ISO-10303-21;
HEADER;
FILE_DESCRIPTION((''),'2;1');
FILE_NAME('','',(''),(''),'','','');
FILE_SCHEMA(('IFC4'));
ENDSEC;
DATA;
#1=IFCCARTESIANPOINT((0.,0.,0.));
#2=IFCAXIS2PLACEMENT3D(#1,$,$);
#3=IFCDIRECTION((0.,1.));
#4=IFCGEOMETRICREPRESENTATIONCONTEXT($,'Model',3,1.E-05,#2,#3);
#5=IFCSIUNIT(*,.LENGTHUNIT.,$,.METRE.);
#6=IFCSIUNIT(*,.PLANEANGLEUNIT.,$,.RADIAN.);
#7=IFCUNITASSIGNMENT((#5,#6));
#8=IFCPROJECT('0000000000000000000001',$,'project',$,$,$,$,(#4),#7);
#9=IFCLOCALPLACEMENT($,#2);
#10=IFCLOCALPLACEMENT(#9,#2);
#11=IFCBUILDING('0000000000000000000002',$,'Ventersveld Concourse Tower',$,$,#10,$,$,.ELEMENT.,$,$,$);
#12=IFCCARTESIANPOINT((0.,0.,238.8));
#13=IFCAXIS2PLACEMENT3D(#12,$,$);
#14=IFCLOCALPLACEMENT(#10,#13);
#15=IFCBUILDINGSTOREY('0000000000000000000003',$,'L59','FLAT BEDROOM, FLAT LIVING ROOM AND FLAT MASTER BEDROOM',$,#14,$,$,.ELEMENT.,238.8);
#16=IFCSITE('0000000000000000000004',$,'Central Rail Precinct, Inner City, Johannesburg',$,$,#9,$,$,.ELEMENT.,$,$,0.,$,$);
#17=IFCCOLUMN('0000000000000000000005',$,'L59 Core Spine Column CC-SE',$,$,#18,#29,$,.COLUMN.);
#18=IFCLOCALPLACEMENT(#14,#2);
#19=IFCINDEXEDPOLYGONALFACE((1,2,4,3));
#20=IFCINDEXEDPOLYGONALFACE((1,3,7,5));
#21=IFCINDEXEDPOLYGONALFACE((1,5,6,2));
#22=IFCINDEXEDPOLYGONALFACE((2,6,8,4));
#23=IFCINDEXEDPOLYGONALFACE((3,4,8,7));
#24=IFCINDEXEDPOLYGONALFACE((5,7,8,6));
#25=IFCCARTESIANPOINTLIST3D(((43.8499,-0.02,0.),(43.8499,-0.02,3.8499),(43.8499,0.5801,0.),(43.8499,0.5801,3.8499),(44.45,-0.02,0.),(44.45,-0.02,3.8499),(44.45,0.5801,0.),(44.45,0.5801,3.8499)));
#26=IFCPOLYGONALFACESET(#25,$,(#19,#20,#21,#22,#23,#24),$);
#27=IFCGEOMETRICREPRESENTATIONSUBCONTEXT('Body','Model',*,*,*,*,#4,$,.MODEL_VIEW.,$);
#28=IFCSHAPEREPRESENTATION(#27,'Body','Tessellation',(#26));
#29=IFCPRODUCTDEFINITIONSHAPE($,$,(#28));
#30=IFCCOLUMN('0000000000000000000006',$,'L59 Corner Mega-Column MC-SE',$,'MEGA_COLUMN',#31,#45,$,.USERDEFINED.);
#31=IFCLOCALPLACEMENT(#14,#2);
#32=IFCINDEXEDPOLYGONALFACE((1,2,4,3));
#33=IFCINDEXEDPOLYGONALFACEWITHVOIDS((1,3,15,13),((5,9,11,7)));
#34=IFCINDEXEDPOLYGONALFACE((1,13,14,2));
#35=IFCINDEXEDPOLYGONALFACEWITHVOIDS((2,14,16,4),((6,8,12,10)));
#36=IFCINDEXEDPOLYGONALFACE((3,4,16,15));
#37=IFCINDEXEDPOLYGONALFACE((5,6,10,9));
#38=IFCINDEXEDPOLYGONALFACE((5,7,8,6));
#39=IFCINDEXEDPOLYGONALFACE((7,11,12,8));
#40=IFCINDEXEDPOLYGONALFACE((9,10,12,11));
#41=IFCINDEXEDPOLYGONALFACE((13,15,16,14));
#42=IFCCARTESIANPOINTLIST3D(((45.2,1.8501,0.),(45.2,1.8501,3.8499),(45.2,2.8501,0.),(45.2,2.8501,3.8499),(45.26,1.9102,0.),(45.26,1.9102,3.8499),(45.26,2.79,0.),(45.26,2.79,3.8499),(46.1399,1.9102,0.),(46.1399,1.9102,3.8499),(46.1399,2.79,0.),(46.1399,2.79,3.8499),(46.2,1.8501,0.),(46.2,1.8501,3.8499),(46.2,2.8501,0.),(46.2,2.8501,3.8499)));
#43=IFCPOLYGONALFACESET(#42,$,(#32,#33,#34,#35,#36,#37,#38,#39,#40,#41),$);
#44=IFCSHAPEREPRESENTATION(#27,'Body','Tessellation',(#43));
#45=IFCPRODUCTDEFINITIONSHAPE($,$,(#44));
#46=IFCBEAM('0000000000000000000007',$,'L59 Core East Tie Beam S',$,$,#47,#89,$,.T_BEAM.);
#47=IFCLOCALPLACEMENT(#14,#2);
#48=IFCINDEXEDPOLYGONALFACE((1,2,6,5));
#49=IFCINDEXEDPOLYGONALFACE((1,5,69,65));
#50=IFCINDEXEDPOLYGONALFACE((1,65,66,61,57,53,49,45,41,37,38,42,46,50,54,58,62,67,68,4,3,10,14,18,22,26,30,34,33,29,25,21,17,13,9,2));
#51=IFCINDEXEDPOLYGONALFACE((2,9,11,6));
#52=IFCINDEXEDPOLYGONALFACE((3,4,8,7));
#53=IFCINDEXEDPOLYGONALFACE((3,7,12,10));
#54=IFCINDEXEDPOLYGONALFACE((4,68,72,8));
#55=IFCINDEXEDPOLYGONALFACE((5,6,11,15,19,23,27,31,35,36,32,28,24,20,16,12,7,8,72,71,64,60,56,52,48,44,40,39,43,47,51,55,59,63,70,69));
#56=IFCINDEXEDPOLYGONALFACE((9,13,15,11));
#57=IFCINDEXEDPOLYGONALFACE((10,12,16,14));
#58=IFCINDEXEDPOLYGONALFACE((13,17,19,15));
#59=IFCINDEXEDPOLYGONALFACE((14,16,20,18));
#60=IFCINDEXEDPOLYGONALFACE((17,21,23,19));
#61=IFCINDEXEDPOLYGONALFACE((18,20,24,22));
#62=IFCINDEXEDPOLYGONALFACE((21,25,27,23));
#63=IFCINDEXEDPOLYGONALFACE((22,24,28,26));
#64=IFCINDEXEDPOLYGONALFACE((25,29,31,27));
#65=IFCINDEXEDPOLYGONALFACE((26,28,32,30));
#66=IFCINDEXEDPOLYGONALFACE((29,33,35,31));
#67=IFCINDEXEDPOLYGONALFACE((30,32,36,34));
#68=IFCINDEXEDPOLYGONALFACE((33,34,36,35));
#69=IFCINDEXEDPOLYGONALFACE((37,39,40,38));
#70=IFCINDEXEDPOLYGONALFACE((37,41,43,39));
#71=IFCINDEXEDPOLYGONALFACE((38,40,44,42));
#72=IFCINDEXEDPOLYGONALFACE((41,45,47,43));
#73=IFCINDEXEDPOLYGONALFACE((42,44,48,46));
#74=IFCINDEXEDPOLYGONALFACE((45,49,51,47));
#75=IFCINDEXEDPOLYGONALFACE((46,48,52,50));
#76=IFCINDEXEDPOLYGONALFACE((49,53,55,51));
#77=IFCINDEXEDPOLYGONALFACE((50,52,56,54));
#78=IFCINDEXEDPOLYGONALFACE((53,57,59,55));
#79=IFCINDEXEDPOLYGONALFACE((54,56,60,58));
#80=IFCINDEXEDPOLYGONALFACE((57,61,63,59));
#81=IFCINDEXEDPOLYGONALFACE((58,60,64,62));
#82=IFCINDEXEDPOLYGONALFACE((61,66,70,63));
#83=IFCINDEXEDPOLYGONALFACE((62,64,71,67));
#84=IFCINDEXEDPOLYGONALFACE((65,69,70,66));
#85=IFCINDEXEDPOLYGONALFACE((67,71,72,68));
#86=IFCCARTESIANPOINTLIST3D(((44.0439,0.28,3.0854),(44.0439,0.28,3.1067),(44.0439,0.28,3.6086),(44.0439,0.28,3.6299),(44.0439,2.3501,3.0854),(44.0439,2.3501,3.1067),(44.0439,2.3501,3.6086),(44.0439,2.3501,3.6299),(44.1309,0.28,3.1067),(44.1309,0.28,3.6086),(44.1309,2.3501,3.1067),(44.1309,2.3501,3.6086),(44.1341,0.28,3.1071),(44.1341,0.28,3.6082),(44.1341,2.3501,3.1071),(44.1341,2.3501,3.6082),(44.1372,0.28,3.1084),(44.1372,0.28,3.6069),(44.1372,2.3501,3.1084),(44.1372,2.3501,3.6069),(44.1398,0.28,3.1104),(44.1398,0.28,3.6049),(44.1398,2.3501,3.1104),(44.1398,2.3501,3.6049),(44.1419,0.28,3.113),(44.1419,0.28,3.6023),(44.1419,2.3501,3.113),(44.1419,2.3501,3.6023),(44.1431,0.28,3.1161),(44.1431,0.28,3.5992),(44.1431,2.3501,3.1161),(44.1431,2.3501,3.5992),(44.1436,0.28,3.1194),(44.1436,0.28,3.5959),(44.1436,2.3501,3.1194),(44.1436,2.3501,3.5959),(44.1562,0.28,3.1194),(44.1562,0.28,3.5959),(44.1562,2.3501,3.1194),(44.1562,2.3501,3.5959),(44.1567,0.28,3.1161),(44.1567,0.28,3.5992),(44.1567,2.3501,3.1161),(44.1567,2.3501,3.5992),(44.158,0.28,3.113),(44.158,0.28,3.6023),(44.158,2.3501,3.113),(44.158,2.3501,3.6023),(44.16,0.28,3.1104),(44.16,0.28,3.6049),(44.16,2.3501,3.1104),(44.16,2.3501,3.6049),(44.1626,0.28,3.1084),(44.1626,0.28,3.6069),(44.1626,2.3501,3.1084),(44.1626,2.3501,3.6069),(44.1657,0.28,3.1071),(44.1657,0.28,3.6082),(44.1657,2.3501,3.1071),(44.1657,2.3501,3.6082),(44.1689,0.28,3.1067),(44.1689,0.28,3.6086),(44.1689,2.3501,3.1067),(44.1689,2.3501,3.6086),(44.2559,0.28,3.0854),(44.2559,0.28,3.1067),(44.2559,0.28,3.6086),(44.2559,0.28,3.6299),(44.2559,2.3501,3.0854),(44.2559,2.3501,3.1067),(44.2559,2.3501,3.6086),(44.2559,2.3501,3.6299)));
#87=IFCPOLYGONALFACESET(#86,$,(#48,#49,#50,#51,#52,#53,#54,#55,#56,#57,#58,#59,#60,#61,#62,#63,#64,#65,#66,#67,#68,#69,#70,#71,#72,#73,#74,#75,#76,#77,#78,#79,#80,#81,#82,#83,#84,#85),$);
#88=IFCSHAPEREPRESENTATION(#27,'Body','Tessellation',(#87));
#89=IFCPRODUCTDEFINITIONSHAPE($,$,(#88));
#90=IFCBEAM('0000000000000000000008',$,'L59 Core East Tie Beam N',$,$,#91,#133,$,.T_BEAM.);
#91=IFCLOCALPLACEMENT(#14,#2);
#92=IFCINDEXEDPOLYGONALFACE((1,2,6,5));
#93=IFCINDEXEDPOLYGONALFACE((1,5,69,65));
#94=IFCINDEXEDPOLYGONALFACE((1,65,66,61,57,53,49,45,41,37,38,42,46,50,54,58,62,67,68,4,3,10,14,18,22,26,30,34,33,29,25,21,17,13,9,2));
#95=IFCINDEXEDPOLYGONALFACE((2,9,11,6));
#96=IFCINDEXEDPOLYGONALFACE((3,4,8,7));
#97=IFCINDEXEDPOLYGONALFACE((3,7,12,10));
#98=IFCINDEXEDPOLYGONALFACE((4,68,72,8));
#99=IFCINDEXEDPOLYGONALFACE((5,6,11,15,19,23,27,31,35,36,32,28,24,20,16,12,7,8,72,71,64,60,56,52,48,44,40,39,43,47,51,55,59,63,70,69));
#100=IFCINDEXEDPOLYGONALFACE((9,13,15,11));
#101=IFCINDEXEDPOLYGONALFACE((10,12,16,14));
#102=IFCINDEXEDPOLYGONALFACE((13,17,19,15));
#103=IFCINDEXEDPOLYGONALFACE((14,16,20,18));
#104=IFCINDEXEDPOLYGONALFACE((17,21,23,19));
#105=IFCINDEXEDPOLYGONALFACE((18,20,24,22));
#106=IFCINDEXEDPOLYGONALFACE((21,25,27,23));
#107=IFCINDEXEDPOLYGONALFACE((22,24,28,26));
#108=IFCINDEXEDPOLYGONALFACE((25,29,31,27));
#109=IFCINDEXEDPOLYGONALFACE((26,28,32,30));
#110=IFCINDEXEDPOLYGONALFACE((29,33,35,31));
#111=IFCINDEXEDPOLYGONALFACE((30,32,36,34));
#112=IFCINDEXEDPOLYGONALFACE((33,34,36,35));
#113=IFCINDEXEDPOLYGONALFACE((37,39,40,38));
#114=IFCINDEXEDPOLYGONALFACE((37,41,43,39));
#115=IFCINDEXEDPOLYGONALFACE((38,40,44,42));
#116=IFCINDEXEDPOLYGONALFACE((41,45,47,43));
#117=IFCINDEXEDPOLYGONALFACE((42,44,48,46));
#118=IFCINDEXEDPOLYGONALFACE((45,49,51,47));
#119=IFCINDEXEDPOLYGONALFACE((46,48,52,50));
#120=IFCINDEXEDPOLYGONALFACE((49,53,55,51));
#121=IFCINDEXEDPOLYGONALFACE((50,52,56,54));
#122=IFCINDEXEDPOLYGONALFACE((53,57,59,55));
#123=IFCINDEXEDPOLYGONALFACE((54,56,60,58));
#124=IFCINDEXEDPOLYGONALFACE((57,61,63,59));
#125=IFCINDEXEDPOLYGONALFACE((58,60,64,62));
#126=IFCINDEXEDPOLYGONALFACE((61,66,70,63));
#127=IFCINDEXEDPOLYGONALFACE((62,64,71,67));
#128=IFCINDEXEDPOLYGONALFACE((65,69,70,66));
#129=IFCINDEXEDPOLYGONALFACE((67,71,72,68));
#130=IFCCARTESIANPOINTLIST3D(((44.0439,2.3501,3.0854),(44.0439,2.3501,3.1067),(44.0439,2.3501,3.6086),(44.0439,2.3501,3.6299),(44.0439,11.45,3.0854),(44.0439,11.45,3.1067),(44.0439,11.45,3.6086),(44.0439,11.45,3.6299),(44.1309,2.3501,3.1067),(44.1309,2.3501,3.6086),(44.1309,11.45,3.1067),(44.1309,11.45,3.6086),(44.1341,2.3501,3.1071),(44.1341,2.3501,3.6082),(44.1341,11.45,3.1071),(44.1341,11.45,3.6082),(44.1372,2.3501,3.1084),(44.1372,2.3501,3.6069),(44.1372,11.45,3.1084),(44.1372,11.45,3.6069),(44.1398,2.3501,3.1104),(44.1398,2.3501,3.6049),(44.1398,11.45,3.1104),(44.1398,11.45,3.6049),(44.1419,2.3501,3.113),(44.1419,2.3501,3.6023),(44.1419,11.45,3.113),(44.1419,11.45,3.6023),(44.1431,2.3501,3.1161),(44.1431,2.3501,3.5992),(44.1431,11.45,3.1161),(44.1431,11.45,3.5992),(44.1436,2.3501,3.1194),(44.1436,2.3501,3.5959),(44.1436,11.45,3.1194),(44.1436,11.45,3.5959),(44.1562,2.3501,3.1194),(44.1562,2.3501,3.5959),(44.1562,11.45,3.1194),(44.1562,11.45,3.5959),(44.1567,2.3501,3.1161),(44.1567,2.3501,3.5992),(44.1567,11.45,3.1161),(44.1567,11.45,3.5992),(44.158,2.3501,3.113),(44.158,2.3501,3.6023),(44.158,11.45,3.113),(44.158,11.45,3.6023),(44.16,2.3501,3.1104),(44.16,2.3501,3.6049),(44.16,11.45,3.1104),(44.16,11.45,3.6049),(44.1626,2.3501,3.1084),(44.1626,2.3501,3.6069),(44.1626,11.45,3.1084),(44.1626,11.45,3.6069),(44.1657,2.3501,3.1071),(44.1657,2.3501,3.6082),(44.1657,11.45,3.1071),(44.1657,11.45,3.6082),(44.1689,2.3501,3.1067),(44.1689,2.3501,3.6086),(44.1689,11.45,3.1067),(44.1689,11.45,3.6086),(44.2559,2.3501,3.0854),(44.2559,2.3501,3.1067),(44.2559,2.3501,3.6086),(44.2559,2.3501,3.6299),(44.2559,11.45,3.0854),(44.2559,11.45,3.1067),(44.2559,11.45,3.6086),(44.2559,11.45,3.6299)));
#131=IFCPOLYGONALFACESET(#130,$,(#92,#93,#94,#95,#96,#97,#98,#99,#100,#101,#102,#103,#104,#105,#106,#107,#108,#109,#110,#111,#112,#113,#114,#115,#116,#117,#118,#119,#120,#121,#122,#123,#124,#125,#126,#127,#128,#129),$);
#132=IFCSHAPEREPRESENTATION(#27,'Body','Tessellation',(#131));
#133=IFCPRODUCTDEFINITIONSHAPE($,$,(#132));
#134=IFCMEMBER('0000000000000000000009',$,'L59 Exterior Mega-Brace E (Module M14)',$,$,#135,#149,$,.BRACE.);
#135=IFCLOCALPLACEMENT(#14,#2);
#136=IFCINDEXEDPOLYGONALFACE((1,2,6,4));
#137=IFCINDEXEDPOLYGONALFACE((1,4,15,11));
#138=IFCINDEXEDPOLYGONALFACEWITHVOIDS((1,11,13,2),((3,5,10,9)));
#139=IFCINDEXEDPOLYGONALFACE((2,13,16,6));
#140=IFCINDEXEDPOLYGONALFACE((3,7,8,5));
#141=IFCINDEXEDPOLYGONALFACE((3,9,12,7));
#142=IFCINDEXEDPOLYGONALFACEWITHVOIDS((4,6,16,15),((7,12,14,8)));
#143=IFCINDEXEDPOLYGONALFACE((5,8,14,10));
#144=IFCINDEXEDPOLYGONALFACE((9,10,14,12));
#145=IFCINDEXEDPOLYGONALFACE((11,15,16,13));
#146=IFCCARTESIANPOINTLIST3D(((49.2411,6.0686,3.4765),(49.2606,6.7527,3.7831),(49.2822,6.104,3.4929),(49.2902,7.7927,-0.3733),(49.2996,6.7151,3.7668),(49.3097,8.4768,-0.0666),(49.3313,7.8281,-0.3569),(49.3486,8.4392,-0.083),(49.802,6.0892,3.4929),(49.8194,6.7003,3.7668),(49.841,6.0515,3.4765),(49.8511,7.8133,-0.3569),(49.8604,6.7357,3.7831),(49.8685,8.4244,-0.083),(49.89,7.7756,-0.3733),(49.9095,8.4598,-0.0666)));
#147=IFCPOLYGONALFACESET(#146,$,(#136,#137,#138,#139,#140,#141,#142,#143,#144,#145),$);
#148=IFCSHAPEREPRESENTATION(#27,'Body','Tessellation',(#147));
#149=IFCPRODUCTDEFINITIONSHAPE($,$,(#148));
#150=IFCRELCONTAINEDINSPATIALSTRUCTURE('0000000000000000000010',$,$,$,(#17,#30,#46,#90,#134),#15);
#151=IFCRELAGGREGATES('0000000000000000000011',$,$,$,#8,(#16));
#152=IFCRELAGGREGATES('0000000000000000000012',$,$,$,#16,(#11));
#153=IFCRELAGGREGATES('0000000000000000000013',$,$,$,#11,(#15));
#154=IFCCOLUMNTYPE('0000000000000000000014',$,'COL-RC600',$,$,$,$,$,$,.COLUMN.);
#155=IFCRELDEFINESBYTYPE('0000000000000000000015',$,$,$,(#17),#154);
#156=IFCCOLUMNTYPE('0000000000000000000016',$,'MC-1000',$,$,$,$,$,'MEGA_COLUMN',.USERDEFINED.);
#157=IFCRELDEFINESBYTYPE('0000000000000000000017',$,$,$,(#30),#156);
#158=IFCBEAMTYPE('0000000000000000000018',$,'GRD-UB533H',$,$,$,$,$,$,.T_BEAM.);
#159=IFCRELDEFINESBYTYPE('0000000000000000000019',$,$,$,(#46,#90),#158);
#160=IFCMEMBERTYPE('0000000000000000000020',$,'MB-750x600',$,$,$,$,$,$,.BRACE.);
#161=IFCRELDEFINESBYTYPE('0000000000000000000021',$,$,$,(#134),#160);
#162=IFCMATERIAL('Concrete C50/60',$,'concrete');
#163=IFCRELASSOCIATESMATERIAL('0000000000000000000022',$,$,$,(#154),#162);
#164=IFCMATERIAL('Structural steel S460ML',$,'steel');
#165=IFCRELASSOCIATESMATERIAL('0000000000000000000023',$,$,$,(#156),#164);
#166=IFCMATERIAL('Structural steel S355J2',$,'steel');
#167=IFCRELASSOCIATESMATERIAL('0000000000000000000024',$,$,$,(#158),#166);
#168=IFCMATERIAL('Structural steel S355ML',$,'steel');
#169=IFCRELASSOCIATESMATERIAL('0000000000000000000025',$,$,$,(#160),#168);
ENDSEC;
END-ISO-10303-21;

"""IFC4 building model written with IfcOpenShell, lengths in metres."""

from ifc_helpers import new_model, si_unit, direction, frame, origin, origin_2d, place, context, subcontext, project, spatial, rectangle, hollow_rectangle, i_section, extrude, material, material_profile, profile_set, type_object, element, save


model = new_model("IFC4")

# Units and contexts
model_context = context("Model", 3, precision=1e-05, world=origin(), true_north=direction((0.0, 1.0)))
body_context = subcontext(model_context, "Body", "Model", "MODEL_VIEW")
ifc_project = project(units=[si_unit("LENGTHUNIT", "METRE"), si_unit("PLANEANGLEUNIT", "RADIAN")], contexts=[model_context])

# Site, building, storey
site_placement = place(None, origin())
site = spatial("IfcSite", under=ifc_project, at=site_placement, Name="Central Rail Precinct, Inner City, Johannesburg", CompositionType="ELEMENT", RefElevation=0.0)
building_placement = place(site_placement, origin())
building = spatial("IfcBuilding", under=site, at=building_placement, Name="Ventersveld Concourse Tower", CompositionType="ELEMENT")
storey_placement = place(building_placement, frame((0.0, 0.0, 238.8)))
storey = spatial("IfcBuildingStorey", under=building, at=storey_placement, Name="L59", Description="FLAT BEDROOM, FLAT LIVING ROOM AND FLAT MASTER BEDROOM", CompositionType="ELEMENT", Elevation=238.8)

# Columns
ifc_material_1 = material(Name="Concrete C50/60", Category="concrete")
ifc_material_profile_1 = material_profile(ifc_material_1, rectangle(XDim=0.6001, YDim=0.6001, at=origin_2d()), Name="RC 600x600")
ifc_profile_set_1 = profile_set([ifc_material_profile_1], Name="Concrete C50/60")
column_type_1 = type_object("IfcColumnType", Name="COL-RC600", PredefinedType="COLUMN", material=ifc_profile_set_1)
column_1_placement = place(storey_placement, frame((44.1499, 0.28, 0.0), z_axis=(0.0, 0.0, 1.0), x_axis=(1.0, 0.0, 0.0)))
element("IfcColumn", 1, at=column_1_placement, inside=storey, type_object=column_type_1, Name="L59 Core Spine Column CC-SE", PredefinedType="COLUMN", context=body_context, shape_type="SweptSolid", body=[
    extrude(rectangle(XDim=0.6001, YDim=0.6001, at=origin_2d()), origin(), (0.0, 0.0, 1.0), 3.8499),
])
ifc_material_2 = material(Name="Structural steel S460ML", Category="steel")
ifc_material_profile_2 = material_profile(ifc_material_2, hollow_rectangle(XDim=1.0, YDim=1.0, WallThickness=0.0601, at=origin_2d()), Name="BOX 1000x1000x60")
ifc_profile_set_2 = profile_set([ifc_material_profile_2], Name="Structural steel S460ML")
column_type_2 = type_object("IfcColumnType", Name="MC-1000", ElementType="MEGA_COLUMN", PredefinedType="USERDEFINED", material=ifc_profile_set_2)
column_2_placement = place(storey_placement, frame((45.7, 2.3501, 0.0), z_axis=(0.0, 0.0, 1.0), x_axis=(1.0, 0.0, 0.0)))
element("IfcColumn", 2, at=column_2_placement, inside=storey, type_object=column_type_2, Name="L59 Corner Mega-Column MC-SE", ObjectType="MEGA_COLUMN", PredefinedType="USERDEFINED", context=body_context, shape_type="SweptSolid", body=[
    extrude(hollow_rectangle(XDim=1.0, YDim=1.0, WallThickness=0.0601, at=origin_2d()), origin(), (0.0, 0.0, 1.0), 3.8499),
])

# Beams
ifc_material_3 = material(Name="Structural steel S355J2", Category="steel")
ifc_material_profile_3 = material_profile(ifc_material_3, i_section(OverallWidth=0.2119, OverallDepth=0.5444, WebThickness=0.0127, FlangeThickness=0.0212, FilletRadius=0.0127, at=origin_2d()), Name="UB 533x210x122")
ifc_profile_set_3 = profile_set([ifc_material_profile_3], Name="Structural steel S355J2")
beam_type_1 = type_object("IfcBeamType", Name="GRD-UB533H", PredefinedType="T_BEAM", material=ifc_profile_set_3)
beam_1_placement = place(storey_placement, frame((44.1499, 0.28, 3.3577), z_axis=(0.0, 1.0, 0.0), x_axis=(-1.0, 0.0, 0.0)))
element("IfcBeam", 3, at=beam_1_placement, inside=storey, type_object=beam_type_1, Name="L59 Core East Tie Beam S", PredefinedType="T_BEAM", context=body_context, shape_type="SweptSolid", body=[
    extrude(i_section(OverallWidth=0.2119, OverallDepth=0.5444, WebThickness=0.0127, FlangeThickness=0.0212, FilletRadius=0.0127, at=origin_2d()), origin(), (0.0, 0.0, 1.0), 2.0701),
])
beam_2_placement = place(storey_placement, frame((44.1499, 2.3501, 3.3577), z_axis=(0.0, 1.0, 0.0), x_axis=(-1.0, 0.0, 0.0)))
element("IfcBeam", 4, at=beam_2_placement, inside=storey, type_object=beam_type_1, Name="L59 Core East Tie Beam N", PredefinedType="T_BEAM", context=body_context, shape_type="SweptSolid", body=[
    extrude(i_section(OverallWidth=0.2119, OverallDepth=0.5444, WebThickness=0.0127, FlangeThickness=0.0212, FilletRadius=0.0127, at=origin_2d()), origin(), (0.0, 0.0, 1.0), 9.0999),
])

# Member
ifc_material_4 = material(Name="Structural steel S355ML", Category="steel")
ifc_material_profile_4 = material_profile(ifc_material_4, hollow_rectangle(XDim=0.6001, YDim=0.75, WallThickness=0.04, at=origin_2d()), Name="BOX 750x600x40")
ifc_profile_set_4 = profile_set([ifc_material_profile_4], Name="Structural steel S355ML")
member_type = type_object("IfcMemberType", Name="MB-750x600", PredefinedType="BRACE", material=ifc_profile_set_4)
member_placement = place(storey_placement, frame((49.5999, 8.1262, -0.22), z_axis=(-0.011632, -0.408698, 0.912596), x_axis=(0.999595, -0.028451, 0.0)))
element("IfcMember", 5, at=member_placement, inside=storey, type_object=member_type, Name="L59 Exterior Mega-Brace E (Module M14)", PredefinedType="BRACE", context=body_context, shape_type="SweptSolid", body=[
    extrude(hollow_rectangle(XDim=0.6001, YDim=0.75, WallThickness=0.04, at=origin_2d()), origin(), (0.0, 0.0, 1.0), 4.2185),
])

save(model, "model.ifc")
